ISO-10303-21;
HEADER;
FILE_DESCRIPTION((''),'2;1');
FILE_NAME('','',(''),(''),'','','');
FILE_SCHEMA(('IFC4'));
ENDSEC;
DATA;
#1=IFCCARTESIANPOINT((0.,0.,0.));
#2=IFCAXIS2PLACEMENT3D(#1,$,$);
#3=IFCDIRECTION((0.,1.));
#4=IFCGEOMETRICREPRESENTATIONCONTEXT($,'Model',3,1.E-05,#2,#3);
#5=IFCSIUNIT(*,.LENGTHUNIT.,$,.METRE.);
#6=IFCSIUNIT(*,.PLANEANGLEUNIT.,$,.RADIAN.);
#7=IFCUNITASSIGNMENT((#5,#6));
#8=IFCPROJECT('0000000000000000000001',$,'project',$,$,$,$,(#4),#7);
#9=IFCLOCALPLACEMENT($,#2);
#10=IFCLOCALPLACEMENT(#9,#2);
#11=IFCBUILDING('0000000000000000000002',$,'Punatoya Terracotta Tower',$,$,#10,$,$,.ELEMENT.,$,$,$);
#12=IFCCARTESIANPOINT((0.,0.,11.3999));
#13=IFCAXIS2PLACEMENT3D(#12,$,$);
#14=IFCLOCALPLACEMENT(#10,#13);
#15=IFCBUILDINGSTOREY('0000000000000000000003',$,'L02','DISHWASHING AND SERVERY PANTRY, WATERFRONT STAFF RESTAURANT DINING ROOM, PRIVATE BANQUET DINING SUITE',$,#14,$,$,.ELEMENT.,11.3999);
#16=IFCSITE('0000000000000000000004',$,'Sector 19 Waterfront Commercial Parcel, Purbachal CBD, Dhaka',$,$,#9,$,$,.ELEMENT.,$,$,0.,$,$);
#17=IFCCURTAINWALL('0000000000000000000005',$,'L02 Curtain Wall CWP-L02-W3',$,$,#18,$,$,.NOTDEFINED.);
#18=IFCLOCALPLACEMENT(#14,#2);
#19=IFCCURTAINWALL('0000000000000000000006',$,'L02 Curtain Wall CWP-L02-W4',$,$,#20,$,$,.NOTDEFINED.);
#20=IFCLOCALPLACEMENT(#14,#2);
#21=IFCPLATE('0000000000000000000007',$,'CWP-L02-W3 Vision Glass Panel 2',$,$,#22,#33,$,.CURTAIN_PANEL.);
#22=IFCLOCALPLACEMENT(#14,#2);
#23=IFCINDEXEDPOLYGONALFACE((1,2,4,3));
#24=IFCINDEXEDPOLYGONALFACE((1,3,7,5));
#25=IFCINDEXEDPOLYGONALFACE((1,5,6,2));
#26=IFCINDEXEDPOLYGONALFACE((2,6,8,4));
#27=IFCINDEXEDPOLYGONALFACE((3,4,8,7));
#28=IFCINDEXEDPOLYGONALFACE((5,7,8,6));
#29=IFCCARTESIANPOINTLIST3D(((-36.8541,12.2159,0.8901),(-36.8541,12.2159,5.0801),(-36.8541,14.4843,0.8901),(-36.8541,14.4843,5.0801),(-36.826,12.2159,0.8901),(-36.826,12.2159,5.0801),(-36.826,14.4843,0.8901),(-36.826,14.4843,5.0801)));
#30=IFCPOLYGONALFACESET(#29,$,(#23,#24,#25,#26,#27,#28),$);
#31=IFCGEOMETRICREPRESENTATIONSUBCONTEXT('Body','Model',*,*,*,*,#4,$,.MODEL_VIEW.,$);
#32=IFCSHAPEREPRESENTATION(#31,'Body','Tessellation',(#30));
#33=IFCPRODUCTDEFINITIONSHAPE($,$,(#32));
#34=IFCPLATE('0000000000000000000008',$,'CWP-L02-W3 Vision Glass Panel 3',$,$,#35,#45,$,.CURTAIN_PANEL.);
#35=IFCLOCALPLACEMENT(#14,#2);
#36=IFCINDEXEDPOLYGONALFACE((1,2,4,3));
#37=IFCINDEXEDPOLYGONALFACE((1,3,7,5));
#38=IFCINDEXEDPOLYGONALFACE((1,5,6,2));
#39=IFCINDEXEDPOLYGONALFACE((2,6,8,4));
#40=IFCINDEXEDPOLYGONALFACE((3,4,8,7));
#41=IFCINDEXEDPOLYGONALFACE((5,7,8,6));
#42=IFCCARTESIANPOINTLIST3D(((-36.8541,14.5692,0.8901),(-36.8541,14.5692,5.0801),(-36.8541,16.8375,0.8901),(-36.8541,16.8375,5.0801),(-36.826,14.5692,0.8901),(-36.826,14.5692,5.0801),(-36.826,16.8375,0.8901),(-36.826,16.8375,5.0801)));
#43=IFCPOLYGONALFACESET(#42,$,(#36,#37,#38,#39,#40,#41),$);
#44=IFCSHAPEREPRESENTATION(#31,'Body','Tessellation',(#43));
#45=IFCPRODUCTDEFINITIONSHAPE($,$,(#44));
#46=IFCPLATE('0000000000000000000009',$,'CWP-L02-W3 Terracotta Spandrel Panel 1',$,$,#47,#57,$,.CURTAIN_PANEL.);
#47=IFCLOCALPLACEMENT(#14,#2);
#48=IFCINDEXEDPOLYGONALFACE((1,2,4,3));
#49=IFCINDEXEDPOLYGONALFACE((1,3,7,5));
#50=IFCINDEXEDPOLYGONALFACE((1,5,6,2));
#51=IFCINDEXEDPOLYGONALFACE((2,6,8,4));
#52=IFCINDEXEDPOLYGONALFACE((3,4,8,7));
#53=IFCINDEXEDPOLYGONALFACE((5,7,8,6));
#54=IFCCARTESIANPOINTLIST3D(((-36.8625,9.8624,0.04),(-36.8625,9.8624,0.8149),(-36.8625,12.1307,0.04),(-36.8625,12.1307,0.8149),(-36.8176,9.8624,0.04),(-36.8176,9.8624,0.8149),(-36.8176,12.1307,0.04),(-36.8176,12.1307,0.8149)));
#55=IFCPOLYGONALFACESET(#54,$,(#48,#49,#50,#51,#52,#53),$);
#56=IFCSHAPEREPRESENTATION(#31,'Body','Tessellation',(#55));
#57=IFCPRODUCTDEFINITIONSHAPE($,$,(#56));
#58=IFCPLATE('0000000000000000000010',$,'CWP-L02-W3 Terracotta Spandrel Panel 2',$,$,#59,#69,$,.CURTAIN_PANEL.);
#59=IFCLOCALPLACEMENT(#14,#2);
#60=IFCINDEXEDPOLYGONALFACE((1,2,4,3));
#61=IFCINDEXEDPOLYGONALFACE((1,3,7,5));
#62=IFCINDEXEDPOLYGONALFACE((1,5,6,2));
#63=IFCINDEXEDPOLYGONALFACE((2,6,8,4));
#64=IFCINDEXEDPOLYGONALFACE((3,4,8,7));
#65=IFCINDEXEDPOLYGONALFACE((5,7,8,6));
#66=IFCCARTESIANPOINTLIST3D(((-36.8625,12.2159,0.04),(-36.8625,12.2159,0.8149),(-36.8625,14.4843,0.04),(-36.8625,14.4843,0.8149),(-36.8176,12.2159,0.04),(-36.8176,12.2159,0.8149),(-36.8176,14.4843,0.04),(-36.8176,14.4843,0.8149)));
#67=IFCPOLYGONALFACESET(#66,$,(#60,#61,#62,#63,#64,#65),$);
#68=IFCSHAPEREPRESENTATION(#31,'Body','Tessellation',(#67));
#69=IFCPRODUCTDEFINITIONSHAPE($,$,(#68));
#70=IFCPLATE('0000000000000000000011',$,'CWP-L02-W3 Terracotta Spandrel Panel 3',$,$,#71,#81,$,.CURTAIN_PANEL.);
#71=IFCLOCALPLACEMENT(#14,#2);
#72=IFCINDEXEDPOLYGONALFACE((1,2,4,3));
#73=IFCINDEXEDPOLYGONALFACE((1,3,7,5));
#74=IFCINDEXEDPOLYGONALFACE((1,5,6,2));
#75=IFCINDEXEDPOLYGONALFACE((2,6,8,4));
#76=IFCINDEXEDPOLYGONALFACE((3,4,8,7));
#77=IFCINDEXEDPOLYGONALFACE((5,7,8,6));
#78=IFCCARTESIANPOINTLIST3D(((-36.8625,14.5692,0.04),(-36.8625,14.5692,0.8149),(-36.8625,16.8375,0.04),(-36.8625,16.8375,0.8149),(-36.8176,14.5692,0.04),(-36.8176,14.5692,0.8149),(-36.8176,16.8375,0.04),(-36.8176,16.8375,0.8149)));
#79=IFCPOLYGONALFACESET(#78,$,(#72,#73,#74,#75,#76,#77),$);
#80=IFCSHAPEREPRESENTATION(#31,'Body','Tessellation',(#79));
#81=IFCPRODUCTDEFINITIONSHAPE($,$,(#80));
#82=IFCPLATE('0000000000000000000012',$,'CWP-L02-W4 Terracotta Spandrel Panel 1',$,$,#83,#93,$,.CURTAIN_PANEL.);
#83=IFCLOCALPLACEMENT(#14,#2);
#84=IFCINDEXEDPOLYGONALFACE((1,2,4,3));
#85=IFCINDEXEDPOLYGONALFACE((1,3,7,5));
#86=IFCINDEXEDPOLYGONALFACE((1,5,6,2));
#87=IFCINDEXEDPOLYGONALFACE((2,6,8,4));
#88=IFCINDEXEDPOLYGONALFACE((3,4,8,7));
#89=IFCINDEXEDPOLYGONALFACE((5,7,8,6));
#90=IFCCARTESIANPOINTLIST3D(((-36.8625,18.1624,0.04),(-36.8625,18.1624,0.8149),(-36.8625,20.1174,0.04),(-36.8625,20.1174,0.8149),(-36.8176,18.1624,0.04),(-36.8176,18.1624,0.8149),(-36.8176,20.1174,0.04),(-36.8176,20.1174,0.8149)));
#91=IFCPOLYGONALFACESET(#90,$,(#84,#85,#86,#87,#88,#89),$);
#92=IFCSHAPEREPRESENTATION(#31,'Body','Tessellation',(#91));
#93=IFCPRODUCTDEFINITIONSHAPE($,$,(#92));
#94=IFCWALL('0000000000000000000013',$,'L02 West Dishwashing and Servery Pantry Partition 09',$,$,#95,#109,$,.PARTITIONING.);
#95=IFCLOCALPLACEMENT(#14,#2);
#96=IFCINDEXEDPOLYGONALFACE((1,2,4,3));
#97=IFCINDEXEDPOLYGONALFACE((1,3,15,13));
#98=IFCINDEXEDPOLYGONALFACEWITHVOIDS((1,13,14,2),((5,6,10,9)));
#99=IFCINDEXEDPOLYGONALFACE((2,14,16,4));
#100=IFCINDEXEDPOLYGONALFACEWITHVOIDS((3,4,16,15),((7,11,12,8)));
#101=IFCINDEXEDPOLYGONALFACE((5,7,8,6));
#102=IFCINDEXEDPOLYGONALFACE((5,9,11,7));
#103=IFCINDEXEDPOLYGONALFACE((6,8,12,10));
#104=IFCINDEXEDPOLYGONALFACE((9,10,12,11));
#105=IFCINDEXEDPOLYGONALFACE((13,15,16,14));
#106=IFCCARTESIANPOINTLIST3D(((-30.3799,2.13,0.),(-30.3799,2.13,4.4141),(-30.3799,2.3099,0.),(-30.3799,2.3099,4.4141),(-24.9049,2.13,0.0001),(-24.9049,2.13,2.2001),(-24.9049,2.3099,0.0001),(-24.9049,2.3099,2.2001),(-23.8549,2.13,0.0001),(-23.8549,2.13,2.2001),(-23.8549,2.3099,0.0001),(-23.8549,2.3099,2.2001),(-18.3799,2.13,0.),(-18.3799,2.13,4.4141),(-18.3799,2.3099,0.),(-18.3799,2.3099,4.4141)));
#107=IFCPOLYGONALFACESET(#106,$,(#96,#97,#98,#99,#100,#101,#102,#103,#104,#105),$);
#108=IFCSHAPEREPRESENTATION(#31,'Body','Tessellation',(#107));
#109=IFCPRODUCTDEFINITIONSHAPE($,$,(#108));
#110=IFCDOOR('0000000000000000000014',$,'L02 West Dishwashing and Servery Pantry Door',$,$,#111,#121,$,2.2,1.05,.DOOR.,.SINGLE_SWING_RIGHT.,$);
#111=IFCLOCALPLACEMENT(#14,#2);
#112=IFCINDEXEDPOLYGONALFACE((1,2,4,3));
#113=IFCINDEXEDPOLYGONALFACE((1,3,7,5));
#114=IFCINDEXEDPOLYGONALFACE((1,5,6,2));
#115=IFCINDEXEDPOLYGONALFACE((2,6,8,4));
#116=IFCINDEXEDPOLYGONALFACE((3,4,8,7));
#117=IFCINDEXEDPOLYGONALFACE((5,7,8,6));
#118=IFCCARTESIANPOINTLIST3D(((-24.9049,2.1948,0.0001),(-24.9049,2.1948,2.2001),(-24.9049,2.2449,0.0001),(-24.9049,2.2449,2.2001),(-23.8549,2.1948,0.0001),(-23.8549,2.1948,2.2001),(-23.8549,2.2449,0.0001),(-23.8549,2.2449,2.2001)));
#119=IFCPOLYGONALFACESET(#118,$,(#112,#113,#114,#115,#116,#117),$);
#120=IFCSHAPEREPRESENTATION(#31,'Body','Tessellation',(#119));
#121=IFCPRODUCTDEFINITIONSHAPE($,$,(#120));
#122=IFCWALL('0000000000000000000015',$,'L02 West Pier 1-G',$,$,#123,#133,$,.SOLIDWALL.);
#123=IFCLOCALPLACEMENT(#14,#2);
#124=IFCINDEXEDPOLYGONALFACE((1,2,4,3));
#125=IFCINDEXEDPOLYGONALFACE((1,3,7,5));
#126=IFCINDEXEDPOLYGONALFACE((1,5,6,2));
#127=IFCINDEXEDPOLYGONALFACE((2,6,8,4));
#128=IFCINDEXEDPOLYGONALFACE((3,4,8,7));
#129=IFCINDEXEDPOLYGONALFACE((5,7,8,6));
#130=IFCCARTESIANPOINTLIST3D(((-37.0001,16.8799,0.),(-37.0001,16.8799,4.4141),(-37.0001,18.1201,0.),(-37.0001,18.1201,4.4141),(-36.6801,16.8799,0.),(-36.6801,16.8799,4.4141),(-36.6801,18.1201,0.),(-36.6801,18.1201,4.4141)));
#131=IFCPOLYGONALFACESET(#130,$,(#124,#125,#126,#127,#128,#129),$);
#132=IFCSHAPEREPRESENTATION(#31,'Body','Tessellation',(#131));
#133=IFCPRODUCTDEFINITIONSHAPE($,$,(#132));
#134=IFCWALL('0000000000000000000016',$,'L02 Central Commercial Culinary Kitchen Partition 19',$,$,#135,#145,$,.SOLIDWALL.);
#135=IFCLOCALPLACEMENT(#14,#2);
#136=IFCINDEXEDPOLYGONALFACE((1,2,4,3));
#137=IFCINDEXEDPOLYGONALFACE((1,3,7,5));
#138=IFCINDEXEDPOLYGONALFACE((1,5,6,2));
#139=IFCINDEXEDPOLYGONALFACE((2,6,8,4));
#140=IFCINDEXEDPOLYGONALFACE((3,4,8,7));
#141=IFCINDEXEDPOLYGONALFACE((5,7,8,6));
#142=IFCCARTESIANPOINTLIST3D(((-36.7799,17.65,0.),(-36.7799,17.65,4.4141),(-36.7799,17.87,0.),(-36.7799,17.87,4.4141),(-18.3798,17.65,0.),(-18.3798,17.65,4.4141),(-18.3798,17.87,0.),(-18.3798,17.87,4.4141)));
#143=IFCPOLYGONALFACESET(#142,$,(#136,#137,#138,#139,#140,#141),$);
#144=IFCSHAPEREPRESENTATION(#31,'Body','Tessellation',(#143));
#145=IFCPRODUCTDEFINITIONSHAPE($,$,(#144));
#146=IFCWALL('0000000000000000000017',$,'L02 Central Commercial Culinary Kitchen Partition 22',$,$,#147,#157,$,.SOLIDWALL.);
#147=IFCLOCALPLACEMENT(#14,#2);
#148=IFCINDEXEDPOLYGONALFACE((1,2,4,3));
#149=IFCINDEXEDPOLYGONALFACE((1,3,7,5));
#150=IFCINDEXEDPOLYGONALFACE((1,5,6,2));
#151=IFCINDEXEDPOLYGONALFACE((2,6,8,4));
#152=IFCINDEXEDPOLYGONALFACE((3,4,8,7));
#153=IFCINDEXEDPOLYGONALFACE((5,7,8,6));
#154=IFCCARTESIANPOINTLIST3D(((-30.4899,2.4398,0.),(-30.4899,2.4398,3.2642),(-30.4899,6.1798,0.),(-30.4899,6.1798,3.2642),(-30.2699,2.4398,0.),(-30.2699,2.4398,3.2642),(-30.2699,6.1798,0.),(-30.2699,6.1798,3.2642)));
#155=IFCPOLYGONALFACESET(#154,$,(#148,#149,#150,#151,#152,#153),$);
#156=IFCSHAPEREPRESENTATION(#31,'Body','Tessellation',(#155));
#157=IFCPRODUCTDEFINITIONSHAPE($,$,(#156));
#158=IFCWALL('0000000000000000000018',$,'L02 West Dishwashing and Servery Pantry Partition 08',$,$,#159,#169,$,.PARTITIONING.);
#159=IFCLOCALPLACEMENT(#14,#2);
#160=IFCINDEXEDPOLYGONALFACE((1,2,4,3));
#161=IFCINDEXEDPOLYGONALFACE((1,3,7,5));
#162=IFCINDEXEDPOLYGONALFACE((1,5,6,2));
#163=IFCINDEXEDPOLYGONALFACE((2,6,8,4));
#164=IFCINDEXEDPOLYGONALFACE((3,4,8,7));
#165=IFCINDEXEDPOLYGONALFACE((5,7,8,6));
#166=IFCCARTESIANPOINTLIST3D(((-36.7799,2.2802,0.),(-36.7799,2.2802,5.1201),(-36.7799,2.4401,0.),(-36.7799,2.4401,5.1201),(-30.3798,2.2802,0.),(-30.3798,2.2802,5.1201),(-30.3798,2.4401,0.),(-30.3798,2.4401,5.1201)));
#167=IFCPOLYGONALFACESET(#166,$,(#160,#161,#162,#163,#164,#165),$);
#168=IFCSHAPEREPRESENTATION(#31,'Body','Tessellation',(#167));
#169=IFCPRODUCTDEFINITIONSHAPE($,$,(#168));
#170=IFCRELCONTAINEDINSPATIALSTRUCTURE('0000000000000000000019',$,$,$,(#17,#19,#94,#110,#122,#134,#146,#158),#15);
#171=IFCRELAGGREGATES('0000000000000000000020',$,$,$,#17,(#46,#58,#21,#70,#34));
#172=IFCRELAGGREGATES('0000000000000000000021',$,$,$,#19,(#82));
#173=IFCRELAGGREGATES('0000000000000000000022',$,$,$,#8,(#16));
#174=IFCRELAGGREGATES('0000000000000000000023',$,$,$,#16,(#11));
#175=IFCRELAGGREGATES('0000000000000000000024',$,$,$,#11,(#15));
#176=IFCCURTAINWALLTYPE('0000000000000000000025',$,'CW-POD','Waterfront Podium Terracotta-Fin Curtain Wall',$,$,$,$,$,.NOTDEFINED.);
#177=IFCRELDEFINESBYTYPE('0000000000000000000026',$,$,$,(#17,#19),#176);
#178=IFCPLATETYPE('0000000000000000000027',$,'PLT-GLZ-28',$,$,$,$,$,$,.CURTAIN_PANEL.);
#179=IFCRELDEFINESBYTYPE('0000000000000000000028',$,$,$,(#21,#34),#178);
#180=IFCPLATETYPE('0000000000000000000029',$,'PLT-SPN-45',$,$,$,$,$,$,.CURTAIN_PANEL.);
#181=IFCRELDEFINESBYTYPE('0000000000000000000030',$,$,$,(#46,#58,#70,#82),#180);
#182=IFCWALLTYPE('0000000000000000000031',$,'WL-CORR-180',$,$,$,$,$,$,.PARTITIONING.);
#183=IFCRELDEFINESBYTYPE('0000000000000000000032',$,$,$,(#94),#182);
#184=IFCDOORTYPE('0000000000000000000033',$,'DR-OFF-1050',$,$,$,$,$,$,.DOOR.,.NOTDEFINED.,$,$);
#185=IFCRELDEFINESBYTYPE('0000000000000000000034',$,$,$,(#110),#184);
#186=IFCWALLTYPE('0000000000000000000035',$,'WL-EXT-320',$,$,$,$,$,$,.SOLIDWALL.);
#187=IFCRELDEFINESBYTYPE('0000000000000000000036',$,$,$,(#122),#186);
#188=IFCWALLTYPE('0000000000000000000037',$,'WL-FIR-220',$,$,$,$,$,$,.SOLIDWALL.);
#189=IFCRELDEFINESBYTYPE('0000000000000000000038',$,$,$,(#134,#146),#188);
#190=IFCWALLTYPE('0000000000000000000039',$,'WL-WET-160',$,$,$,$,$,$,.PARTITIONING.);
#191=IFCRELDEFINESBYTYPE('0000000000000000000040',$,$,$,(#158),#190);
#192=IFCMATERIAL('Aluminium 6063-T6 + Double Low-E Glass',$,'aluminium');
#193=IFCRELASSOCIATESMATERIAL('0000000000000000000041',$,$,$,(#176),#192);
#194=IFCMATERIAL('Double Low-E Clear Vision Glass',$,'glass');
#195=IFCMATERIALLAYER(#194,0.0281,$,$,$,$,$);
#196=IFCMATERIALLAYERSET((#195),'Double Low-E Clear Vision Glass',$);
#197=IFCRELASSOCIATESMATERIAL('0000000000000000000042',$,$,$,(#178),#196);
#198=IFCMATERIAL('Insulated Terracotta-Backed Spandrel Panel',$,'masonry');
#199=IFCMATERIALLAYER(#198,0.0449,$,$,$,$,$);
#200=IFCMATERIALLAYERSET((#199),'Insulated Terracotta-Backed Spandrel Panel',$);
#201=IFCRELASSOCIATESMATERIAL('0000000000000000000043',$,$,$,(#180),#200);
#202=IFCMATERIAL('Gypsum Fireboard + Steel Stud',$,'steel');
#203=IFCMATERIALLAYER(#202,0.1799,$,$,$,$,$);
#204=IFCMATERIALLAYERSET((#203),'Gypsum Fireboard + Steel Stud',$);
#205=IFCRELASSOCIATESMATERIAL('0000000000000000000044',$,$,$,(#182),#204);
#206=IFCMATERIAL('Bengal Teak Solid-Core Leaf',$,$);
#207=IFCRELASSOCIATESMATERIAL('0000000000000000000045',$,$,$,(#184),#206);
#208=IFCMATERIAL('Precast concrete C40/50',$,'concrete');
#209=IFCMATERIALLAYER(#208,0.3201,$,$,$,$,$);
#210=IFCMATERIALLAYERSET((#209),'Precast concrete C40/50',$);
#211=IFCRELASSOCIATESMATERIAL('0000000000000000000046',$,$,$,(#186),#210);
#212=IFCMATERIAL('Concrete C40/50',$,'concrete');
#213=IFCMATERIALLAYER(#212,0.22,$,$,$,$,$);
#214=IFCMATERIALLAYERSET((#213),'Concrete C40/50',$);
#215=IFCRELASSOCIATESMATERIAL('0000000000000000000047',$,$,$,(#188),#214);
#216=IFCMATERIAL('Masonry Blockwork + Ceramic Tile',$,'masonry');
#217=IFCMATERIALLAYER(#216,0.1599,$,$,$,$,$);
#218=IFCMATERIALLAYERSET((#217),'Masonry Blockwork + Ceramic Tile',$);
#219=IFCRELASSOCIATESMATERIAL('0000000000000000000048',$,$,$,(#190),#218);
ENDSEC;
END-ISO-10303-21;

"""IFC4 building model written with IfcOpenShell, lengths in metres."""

from ifc_helpers import new_model, si_unit, direction, frame, frame_2d, origin, origin_2d, place, context, subcontext, project, spatial, rectangle, extrude, material, layer, layer_set, type_object, element, fill, aggregate, save


model = new_model("IFC4")

# Units and contexts
model_context = context("Model", 3, precision=1e-05, world=origin(), true_north=direction((0.0, 1.0)))
body_context = subcontext(model_context, "Body", "Model", "MODEL_VIEW")
ifc_project = project(units=[si_unit("LENGTHUNIT", "METRE"), si_unit("PLANEANGLEUNIT", "RADIAN")], contexts=[model_context])

# Site, building, storey
site_placement = place(None, origin())
site = spatial("IfcSite", under=ifc_project, at=site_placement, Name="Sector 19 Waterfront Commercial Parcel, Purbachal CBD, Dhaka", CompositionType="ELEMENT", RefElevation=0.0)
building_placement = place(site_placement, origin())
building = spatial("IfcBuilding", under=site, at=building_placement, Name="Punatoya Terracotta Tower", CompositionType="ELEMENT")
storey_placement = place(building_placement, frame((0.0, 0.0, 11.3999)))
storey = spatial("IfcBuildingStorey", under=building, at=storey_placement, Name="L02", Description="DISHWASHING AND SERVERY PANTRY, WATERFRONT STAFF RESTAURANT DINING ROOM, PRIVATE BANQUET DINING SUITE", CompositionType="ELEMENT", Elevation=11.3999)

# Curtain wall
ifc_material_1 = material(Name="Aluminium 6063-T6 + Double Low-E Glass", Category="aluminium")
curtain_wall_type = type_object("IfcCurtainWallType", Name="CW-POD", Description="Waterfront Podium Terracotta-Fin Curtain Wall", PredefinedType="NOTDEFINED", material=ifc_material_1)
curtain_wall_1_placement = place(storey_placement, origin())
curtain_wall_1 = element("IfcCurtainWall", 1, at=curtain_wall_1_placement, inside=storey, type_object=curtain_wall_type, Name="L02 Curtain Wall CWP-L02-W3", PredefinedType="NOTDEFINED")

# Curtain wall
curtain_wall_2_placement = place(storey_placement, origin())
curtain_wall_2 = element("IfcCurtainWall", 2, at=curtain_wall_2_placement, inside=storey, type_object=curtain_wall_type, Name="L02 Curtain Wall CWP-L02-W4", PredefinedType="NOTDEFINED")

# Plates
ifc_material_2 = material(Name="Double Low-E Clear Vision Glass", Category="glass")
ifc_layer_1 = layer(ifc_material_2, 0.0281)
ifc_layer_set_1 = layer_set([ifc_layer_1], Name="Double Low-E Clear Vision Glass")
plate_type_1 = type_object("IfcPlateType", Name="PLT-GLZ-28", PredefinedType="CURTAIN_PANEL", material=ifc_layer_set_1)
plate_1_placement = place(storey_placement, frame((-36.8401, 13.3501, 0.8901), z_axis=(0.0, 0.0, 1.0), x_axis=(0.0, 1.0, 0.0)))
plate_1 = element("IfcPlate", 3, at=plate_1_placement, type_object=plate_type_1, Name="CWP-L02-W3 Vision Glass Panel 2", PredefinedType="CURTAIN_PANEL", context=body_context, shape_type="SweptSolid", body=[
    extrude(rectangle(XDim=2.2683, YDim=0.0281, at=origin_2d()), origin(), (0.0, 0.0, 1.0), 4.1899),
])
plate_2_placement = place(storey_placement, frame((-36.8401, 15.7034, 0.8901), z_axis=(0.0, 0.0, 1.0), x_axis=(0.0, 1.0, 0.0)))
plate_2 = element("IfcPlate", 4, at=plate_2_placement, type_object=plate_type_1, Name="CWP-L02-W3 Vision Glass Panel 3", PredefinedType="CURTAIN_PANEL", context=body_context, shape_type="SweptSolid", body=[
    extrude(rectangle(XDim=2.2683, YDim=0.0281, at=origin_2d()), origin(), (0.0, 0.0, 1.0), 4.1899),
])
ifc_material_3 = material(Name="Insulated Terracotta-Backed Spandrel Panel", Category="masonry")
ifc_layer_2 = layer(ifc_material_3, 0.0449)
ifc_layer_set_2 = layer_set([ifc_layer_2], Name="Insulated Terracotta-Backed Spandrel Panel")
plate_type_2 = type_object("IfcPlateType", Name="PLT-SPN-45", PredefinedType="CURTAIN_PANEL", material=ifc_layer_set_2)
plate_3_placement = place(storey_placement, frame((-36.8401, 10.9966, 0.04), z_axis=(0.0, 0.0, 1.0), x_axis=(0.0, 1.0, 0.0)))
plate_3 = element("IfcPlate", 5, at=plate_3_placement, type_object=plate_type_2, Name="CWP-L02-W3 Terracotta Spandrel Panel 1", PredefinedType="CURTAIN_PANEL", context=body_context, shape_type="SweptSolid", body=[
    extrude(rectangle(XDim=2.2683, YDim=0.0449, at=origin_2d()), origin(), (0.0, 0.0, 1.0), 0.7749),
])
plate_4_placement = place(storey_placement, frame((-36.8401, 13.3501, 0.04), z_axis=(0.0, 0.0, 1.0), x_axis=(0.0, 1.0, 0.0)))
plate_4 = element("IfcPlate", 6, at=plate_4_placement, type_object=plate_type_2, Name="CWP-L02-W3 Terracotta Spandrel Panel 2", PredefinedType="CURTAIN_PANEL", context=body_context, shape_type="SweptSolid", body=[
    extrude(rectangle(XDim=2.2683, YDim=0.0449, at=origin_2d()), origin(), (0.0, 0.0, 1.0), 0.7749),
])
plate_5_placement = place(storey_placement, frame((-36.8401, 15.7034, 0.04), z_axis=(0.0, 0.0, 1.0), x_axis=(0.0, 1.0, 0.0)))
plate_5 = element("IfcPlate", 7, at=plate_5_placement, type_object=plate_type_2, Name="CWP-L02-W3 Terracotta Spandrel Panel 3", PredefinedType="CURTAIN_PANEL", context=body_context, shape_type="SweptSolid", body=[
    extrude(rectangle(XDim=2.2683, YDim=0.0449, at=origin_2d()), origin(), (0.0, 0.0, 1.0), 0.7749),
])
aggregate(curtain_wall_1, [plate_3, plate_4, plate_1, plate_5, plate_2])
plate_6_placement = place(storey_placement, frame((-36.8401, 19.1399, 0.04), z_axis=(0.0, 0.0, 1.0), x_axis=(0.0, 1.0, 0.0)))
plate_6 = element("IfcPlate", 8, at=plate_6_placement, type_object=plate_type_2, Name="CWP-L02-W4 Terracotta Spandrel Panel 1", PredefinedType="CURTAIN_PANEL", context=body_context, shape_type="SweptSolid", body=[
    extrude(rectangle(XDim=1.9551, YDim=0.0449, at=origin_2d()), origin(), (0.0, 0.0, 1.0), 0.7749),
])
aggregate(curtain_wall_2, [plate_6])

# Wall, opening, door
ifc_material_4 = material(Name="Gypsum Fireboard + Steel Stud", Category="steel")
ifc_layer_3 = layer(ifc_material_4, 0.1799)
ifc_layer_set_3 = layer_set([ifc_layer_3], Name="Gypsum Fireboard + Steel Stud")
wall_type_1 = type_object("IfcWallType", Name="WL-CORR-180", PredefinedType="PARTITIONING", material=ifc_layer_set_3)
wall_1_placement = place(storey_placement, frame((-30.3799, 2.22, 0.0), z_axis=(0.0, 0.0, 1.0), x_axis=(1.0, 0.0, 0.0)))
wall_1 = element("IfcWall", 9, at=wall_1_placement, inside=storey, type_object=wall_type_1, Name="L02 West Dishwashing and Servery Pantry Partition 09", PredefinedType="PARTITIONING", context=body_context, shape_type="SweptSolid", body=[
    extrude(rectangle(XDim=12.0, YDim=0.1799, at=frame_2d((6.0, 0.0))), origin(), (0.0, 0.0, 1.0), 4.4141),
])
opening_placement = place(wall_1_placement, frame((5.4751, 0.0, 0.0)))
opening = element("IfcOpeningElement", 10, at=opening_placement, cuts=wall_1, PredefinedType="OPENING", context=body_context, shape_type="SweptSolid", body=[
    extrude(rectangle(XDim=1.05, YDim=2.2, at=frame_2d((0.5249, 1.1001))), frame((0.0, 0.0999, 0.0), z_axis=(0.0, -1.0, 0.0), x_axis=(1.0, 0.0, 0.0)), (0.0, 0.0, 1.0), 0.2),
])
ifc_material_5 = material(Name="Bengal Teak Solid-Core Leaf")
door_type = type_object("IfcDoorType", Name="DR-OFF-1050", OperationType="NOTDEFINED", PredefinedType="DOOR", material=ifc_material_5)
door_placement = place(opening_placement, origin())
door = element("IfcDoor", 11, at=door_placement, inside=storey, type_object=door_type, Name="L02 West Dishwashing and Servery Pantry Door", OperationType="SINGLE_SWING_RIGHT", OverallHeight=2.2, OverallWidth=1.05, PredefinedType="DOOR", context=body_context, shape_type="SweptSolid", body=[
    extrude(rectangle(XDim=1.05, YDim=2.2, at=frame_2d((0.5249, 1.1001))), frame((0.0, 0.0249, 0.0), z_axis=(0.0, -1.0, 0.0), x_axis=(1.0, 0.0, 0.0)), (0.0, 0.0, 1.0), 0.05),
])
fill(opening, door)

# Walls
ifc_material_6 = material(Name="Precast concrete C40/50", Category="concrete")
ifc_layer_4 = layer(ifc_material_6, 0.3201)
ifc_layer_set_4 = layer_set([ifc_layer_4], Name="Precast concrete C40/50")
wall_type_2 = type_object("IfcWallType", Name="WL-EXT-320", PredefinedType="SOLIDWALL", material=ifc_layer_set_4)
wall_2_placement = place(storey_placement, frame((-36.8401, 16.8799, 0.0), z_axis=(0.0, 0.0, 1.0), x_axis=(0.0, 1.0, 0.0)))
element("IfcWall", 12, at=wall_2_placement, inside=storey, type_object=wall_type_2, Name="L02 West Pier 1-G", PredefinedType="SOLIDWALL", context=body_context, shape_type="SweptSolid", body=[
    extrude(rectangle(XDim=1.2402, YDim=0.3201, at=frame_2d((0.6201, 0.0))), origin(), (0.0, 0.0, 1.0), 4.4141),
])
ifc_material_7 = material(Name="Concrete C40/50", Category="concrete")
ifc_layer_5 = layer(ifc_material_7, 0.22)
ifc_layer_set_5 = layer_set([ifc_layer_5], Name="Concrete C40/50")
wall_type_3 = type_object("IfcWallType", Name="WL-FIR-220", PredefinedType="SOLIDWALL", material=ifc_layer_set_5)
wall_3_placement = place(storey_placement, frame((-36.78, 17.76, 0.0), z_axis=(0.0, 0.0, 1.0), x_axis=(1.0, 0.0, 0.0)))
element("IfcWall", 13, at=wall_3_placement, inside=storey, type_object=wall_type_3, Name="L02 Central Commercial Culinary Kitchen Partition 19", PredefinedType="SOLIDWALL", context=body_context, shape_type="SweptSolid", body=[
    extrude(rectangle(XDim=18.4001, YDim=0.22, at=frame_2d((9.2002, 0.0))), origin(), (0.0, 0.0, 1.0), 4.4141),
])
wall_4_placement = place(storey_placement, frame((-30.3799, 6.1799, 0.0), z_axis=(0.0, 0.0, 1.0), x_axis=(0.0, -1.0, 0.0)))
element("IfcWall", 14, at=wall_4_placement, inside=storey, type_object=wall_type_3, Name="L02 Central Commercial Culinary Kitchen Partition 22", PredefinedType="SOLIDWALL", context=body_context, shape_type="SweptSolid", body=[
    extrude(rectangle(XDim=3.74, YDim=0.22, at=frame_2d((1.8701, 0.0))), origin(), (0.0, 0.0, 1.0), 3.2642),
])
ifc_material_8 = material(Name="Masonry Blockwork + Ceramic Tile", Category="masonry")
ifc_layer_6 = layer(ifc_material_8, 0.1599)
ifc_layer_set_6 = layer_set([ifc_layer_6], Name="Masonry Blockwork + Ceramic Tile")
wall_type_4 = type_object("IfcWallType", Name="WL-WET-160", PredefinedType="PARTITIONING", material=ifc_layer_set_6)
wall_5_placement = place(storey_placement, frame((-36.78, 2.3601, 0.0), z_axis=(0.0, 0.0, 1.0), x_axis=(1.0, 0.0, 0.0)))
element("IfcWall", 15, at=wall_5_placement, inside=storey, type_object=wall_type_4, Name="L02 West Dishwashing and Servery Pantry Partition 08", PredefinedType="PARTITIONING", context=body_context, shape_type="SweptSolid", body=[
    extrude(rectangle(XDim=6.4001, YDim=0.1599, at=frame_2d((3.2002, 0.0))), origin(), (0.0, 0.0, 1.0), 5.1201),
])

save(model, "model.ifc")
